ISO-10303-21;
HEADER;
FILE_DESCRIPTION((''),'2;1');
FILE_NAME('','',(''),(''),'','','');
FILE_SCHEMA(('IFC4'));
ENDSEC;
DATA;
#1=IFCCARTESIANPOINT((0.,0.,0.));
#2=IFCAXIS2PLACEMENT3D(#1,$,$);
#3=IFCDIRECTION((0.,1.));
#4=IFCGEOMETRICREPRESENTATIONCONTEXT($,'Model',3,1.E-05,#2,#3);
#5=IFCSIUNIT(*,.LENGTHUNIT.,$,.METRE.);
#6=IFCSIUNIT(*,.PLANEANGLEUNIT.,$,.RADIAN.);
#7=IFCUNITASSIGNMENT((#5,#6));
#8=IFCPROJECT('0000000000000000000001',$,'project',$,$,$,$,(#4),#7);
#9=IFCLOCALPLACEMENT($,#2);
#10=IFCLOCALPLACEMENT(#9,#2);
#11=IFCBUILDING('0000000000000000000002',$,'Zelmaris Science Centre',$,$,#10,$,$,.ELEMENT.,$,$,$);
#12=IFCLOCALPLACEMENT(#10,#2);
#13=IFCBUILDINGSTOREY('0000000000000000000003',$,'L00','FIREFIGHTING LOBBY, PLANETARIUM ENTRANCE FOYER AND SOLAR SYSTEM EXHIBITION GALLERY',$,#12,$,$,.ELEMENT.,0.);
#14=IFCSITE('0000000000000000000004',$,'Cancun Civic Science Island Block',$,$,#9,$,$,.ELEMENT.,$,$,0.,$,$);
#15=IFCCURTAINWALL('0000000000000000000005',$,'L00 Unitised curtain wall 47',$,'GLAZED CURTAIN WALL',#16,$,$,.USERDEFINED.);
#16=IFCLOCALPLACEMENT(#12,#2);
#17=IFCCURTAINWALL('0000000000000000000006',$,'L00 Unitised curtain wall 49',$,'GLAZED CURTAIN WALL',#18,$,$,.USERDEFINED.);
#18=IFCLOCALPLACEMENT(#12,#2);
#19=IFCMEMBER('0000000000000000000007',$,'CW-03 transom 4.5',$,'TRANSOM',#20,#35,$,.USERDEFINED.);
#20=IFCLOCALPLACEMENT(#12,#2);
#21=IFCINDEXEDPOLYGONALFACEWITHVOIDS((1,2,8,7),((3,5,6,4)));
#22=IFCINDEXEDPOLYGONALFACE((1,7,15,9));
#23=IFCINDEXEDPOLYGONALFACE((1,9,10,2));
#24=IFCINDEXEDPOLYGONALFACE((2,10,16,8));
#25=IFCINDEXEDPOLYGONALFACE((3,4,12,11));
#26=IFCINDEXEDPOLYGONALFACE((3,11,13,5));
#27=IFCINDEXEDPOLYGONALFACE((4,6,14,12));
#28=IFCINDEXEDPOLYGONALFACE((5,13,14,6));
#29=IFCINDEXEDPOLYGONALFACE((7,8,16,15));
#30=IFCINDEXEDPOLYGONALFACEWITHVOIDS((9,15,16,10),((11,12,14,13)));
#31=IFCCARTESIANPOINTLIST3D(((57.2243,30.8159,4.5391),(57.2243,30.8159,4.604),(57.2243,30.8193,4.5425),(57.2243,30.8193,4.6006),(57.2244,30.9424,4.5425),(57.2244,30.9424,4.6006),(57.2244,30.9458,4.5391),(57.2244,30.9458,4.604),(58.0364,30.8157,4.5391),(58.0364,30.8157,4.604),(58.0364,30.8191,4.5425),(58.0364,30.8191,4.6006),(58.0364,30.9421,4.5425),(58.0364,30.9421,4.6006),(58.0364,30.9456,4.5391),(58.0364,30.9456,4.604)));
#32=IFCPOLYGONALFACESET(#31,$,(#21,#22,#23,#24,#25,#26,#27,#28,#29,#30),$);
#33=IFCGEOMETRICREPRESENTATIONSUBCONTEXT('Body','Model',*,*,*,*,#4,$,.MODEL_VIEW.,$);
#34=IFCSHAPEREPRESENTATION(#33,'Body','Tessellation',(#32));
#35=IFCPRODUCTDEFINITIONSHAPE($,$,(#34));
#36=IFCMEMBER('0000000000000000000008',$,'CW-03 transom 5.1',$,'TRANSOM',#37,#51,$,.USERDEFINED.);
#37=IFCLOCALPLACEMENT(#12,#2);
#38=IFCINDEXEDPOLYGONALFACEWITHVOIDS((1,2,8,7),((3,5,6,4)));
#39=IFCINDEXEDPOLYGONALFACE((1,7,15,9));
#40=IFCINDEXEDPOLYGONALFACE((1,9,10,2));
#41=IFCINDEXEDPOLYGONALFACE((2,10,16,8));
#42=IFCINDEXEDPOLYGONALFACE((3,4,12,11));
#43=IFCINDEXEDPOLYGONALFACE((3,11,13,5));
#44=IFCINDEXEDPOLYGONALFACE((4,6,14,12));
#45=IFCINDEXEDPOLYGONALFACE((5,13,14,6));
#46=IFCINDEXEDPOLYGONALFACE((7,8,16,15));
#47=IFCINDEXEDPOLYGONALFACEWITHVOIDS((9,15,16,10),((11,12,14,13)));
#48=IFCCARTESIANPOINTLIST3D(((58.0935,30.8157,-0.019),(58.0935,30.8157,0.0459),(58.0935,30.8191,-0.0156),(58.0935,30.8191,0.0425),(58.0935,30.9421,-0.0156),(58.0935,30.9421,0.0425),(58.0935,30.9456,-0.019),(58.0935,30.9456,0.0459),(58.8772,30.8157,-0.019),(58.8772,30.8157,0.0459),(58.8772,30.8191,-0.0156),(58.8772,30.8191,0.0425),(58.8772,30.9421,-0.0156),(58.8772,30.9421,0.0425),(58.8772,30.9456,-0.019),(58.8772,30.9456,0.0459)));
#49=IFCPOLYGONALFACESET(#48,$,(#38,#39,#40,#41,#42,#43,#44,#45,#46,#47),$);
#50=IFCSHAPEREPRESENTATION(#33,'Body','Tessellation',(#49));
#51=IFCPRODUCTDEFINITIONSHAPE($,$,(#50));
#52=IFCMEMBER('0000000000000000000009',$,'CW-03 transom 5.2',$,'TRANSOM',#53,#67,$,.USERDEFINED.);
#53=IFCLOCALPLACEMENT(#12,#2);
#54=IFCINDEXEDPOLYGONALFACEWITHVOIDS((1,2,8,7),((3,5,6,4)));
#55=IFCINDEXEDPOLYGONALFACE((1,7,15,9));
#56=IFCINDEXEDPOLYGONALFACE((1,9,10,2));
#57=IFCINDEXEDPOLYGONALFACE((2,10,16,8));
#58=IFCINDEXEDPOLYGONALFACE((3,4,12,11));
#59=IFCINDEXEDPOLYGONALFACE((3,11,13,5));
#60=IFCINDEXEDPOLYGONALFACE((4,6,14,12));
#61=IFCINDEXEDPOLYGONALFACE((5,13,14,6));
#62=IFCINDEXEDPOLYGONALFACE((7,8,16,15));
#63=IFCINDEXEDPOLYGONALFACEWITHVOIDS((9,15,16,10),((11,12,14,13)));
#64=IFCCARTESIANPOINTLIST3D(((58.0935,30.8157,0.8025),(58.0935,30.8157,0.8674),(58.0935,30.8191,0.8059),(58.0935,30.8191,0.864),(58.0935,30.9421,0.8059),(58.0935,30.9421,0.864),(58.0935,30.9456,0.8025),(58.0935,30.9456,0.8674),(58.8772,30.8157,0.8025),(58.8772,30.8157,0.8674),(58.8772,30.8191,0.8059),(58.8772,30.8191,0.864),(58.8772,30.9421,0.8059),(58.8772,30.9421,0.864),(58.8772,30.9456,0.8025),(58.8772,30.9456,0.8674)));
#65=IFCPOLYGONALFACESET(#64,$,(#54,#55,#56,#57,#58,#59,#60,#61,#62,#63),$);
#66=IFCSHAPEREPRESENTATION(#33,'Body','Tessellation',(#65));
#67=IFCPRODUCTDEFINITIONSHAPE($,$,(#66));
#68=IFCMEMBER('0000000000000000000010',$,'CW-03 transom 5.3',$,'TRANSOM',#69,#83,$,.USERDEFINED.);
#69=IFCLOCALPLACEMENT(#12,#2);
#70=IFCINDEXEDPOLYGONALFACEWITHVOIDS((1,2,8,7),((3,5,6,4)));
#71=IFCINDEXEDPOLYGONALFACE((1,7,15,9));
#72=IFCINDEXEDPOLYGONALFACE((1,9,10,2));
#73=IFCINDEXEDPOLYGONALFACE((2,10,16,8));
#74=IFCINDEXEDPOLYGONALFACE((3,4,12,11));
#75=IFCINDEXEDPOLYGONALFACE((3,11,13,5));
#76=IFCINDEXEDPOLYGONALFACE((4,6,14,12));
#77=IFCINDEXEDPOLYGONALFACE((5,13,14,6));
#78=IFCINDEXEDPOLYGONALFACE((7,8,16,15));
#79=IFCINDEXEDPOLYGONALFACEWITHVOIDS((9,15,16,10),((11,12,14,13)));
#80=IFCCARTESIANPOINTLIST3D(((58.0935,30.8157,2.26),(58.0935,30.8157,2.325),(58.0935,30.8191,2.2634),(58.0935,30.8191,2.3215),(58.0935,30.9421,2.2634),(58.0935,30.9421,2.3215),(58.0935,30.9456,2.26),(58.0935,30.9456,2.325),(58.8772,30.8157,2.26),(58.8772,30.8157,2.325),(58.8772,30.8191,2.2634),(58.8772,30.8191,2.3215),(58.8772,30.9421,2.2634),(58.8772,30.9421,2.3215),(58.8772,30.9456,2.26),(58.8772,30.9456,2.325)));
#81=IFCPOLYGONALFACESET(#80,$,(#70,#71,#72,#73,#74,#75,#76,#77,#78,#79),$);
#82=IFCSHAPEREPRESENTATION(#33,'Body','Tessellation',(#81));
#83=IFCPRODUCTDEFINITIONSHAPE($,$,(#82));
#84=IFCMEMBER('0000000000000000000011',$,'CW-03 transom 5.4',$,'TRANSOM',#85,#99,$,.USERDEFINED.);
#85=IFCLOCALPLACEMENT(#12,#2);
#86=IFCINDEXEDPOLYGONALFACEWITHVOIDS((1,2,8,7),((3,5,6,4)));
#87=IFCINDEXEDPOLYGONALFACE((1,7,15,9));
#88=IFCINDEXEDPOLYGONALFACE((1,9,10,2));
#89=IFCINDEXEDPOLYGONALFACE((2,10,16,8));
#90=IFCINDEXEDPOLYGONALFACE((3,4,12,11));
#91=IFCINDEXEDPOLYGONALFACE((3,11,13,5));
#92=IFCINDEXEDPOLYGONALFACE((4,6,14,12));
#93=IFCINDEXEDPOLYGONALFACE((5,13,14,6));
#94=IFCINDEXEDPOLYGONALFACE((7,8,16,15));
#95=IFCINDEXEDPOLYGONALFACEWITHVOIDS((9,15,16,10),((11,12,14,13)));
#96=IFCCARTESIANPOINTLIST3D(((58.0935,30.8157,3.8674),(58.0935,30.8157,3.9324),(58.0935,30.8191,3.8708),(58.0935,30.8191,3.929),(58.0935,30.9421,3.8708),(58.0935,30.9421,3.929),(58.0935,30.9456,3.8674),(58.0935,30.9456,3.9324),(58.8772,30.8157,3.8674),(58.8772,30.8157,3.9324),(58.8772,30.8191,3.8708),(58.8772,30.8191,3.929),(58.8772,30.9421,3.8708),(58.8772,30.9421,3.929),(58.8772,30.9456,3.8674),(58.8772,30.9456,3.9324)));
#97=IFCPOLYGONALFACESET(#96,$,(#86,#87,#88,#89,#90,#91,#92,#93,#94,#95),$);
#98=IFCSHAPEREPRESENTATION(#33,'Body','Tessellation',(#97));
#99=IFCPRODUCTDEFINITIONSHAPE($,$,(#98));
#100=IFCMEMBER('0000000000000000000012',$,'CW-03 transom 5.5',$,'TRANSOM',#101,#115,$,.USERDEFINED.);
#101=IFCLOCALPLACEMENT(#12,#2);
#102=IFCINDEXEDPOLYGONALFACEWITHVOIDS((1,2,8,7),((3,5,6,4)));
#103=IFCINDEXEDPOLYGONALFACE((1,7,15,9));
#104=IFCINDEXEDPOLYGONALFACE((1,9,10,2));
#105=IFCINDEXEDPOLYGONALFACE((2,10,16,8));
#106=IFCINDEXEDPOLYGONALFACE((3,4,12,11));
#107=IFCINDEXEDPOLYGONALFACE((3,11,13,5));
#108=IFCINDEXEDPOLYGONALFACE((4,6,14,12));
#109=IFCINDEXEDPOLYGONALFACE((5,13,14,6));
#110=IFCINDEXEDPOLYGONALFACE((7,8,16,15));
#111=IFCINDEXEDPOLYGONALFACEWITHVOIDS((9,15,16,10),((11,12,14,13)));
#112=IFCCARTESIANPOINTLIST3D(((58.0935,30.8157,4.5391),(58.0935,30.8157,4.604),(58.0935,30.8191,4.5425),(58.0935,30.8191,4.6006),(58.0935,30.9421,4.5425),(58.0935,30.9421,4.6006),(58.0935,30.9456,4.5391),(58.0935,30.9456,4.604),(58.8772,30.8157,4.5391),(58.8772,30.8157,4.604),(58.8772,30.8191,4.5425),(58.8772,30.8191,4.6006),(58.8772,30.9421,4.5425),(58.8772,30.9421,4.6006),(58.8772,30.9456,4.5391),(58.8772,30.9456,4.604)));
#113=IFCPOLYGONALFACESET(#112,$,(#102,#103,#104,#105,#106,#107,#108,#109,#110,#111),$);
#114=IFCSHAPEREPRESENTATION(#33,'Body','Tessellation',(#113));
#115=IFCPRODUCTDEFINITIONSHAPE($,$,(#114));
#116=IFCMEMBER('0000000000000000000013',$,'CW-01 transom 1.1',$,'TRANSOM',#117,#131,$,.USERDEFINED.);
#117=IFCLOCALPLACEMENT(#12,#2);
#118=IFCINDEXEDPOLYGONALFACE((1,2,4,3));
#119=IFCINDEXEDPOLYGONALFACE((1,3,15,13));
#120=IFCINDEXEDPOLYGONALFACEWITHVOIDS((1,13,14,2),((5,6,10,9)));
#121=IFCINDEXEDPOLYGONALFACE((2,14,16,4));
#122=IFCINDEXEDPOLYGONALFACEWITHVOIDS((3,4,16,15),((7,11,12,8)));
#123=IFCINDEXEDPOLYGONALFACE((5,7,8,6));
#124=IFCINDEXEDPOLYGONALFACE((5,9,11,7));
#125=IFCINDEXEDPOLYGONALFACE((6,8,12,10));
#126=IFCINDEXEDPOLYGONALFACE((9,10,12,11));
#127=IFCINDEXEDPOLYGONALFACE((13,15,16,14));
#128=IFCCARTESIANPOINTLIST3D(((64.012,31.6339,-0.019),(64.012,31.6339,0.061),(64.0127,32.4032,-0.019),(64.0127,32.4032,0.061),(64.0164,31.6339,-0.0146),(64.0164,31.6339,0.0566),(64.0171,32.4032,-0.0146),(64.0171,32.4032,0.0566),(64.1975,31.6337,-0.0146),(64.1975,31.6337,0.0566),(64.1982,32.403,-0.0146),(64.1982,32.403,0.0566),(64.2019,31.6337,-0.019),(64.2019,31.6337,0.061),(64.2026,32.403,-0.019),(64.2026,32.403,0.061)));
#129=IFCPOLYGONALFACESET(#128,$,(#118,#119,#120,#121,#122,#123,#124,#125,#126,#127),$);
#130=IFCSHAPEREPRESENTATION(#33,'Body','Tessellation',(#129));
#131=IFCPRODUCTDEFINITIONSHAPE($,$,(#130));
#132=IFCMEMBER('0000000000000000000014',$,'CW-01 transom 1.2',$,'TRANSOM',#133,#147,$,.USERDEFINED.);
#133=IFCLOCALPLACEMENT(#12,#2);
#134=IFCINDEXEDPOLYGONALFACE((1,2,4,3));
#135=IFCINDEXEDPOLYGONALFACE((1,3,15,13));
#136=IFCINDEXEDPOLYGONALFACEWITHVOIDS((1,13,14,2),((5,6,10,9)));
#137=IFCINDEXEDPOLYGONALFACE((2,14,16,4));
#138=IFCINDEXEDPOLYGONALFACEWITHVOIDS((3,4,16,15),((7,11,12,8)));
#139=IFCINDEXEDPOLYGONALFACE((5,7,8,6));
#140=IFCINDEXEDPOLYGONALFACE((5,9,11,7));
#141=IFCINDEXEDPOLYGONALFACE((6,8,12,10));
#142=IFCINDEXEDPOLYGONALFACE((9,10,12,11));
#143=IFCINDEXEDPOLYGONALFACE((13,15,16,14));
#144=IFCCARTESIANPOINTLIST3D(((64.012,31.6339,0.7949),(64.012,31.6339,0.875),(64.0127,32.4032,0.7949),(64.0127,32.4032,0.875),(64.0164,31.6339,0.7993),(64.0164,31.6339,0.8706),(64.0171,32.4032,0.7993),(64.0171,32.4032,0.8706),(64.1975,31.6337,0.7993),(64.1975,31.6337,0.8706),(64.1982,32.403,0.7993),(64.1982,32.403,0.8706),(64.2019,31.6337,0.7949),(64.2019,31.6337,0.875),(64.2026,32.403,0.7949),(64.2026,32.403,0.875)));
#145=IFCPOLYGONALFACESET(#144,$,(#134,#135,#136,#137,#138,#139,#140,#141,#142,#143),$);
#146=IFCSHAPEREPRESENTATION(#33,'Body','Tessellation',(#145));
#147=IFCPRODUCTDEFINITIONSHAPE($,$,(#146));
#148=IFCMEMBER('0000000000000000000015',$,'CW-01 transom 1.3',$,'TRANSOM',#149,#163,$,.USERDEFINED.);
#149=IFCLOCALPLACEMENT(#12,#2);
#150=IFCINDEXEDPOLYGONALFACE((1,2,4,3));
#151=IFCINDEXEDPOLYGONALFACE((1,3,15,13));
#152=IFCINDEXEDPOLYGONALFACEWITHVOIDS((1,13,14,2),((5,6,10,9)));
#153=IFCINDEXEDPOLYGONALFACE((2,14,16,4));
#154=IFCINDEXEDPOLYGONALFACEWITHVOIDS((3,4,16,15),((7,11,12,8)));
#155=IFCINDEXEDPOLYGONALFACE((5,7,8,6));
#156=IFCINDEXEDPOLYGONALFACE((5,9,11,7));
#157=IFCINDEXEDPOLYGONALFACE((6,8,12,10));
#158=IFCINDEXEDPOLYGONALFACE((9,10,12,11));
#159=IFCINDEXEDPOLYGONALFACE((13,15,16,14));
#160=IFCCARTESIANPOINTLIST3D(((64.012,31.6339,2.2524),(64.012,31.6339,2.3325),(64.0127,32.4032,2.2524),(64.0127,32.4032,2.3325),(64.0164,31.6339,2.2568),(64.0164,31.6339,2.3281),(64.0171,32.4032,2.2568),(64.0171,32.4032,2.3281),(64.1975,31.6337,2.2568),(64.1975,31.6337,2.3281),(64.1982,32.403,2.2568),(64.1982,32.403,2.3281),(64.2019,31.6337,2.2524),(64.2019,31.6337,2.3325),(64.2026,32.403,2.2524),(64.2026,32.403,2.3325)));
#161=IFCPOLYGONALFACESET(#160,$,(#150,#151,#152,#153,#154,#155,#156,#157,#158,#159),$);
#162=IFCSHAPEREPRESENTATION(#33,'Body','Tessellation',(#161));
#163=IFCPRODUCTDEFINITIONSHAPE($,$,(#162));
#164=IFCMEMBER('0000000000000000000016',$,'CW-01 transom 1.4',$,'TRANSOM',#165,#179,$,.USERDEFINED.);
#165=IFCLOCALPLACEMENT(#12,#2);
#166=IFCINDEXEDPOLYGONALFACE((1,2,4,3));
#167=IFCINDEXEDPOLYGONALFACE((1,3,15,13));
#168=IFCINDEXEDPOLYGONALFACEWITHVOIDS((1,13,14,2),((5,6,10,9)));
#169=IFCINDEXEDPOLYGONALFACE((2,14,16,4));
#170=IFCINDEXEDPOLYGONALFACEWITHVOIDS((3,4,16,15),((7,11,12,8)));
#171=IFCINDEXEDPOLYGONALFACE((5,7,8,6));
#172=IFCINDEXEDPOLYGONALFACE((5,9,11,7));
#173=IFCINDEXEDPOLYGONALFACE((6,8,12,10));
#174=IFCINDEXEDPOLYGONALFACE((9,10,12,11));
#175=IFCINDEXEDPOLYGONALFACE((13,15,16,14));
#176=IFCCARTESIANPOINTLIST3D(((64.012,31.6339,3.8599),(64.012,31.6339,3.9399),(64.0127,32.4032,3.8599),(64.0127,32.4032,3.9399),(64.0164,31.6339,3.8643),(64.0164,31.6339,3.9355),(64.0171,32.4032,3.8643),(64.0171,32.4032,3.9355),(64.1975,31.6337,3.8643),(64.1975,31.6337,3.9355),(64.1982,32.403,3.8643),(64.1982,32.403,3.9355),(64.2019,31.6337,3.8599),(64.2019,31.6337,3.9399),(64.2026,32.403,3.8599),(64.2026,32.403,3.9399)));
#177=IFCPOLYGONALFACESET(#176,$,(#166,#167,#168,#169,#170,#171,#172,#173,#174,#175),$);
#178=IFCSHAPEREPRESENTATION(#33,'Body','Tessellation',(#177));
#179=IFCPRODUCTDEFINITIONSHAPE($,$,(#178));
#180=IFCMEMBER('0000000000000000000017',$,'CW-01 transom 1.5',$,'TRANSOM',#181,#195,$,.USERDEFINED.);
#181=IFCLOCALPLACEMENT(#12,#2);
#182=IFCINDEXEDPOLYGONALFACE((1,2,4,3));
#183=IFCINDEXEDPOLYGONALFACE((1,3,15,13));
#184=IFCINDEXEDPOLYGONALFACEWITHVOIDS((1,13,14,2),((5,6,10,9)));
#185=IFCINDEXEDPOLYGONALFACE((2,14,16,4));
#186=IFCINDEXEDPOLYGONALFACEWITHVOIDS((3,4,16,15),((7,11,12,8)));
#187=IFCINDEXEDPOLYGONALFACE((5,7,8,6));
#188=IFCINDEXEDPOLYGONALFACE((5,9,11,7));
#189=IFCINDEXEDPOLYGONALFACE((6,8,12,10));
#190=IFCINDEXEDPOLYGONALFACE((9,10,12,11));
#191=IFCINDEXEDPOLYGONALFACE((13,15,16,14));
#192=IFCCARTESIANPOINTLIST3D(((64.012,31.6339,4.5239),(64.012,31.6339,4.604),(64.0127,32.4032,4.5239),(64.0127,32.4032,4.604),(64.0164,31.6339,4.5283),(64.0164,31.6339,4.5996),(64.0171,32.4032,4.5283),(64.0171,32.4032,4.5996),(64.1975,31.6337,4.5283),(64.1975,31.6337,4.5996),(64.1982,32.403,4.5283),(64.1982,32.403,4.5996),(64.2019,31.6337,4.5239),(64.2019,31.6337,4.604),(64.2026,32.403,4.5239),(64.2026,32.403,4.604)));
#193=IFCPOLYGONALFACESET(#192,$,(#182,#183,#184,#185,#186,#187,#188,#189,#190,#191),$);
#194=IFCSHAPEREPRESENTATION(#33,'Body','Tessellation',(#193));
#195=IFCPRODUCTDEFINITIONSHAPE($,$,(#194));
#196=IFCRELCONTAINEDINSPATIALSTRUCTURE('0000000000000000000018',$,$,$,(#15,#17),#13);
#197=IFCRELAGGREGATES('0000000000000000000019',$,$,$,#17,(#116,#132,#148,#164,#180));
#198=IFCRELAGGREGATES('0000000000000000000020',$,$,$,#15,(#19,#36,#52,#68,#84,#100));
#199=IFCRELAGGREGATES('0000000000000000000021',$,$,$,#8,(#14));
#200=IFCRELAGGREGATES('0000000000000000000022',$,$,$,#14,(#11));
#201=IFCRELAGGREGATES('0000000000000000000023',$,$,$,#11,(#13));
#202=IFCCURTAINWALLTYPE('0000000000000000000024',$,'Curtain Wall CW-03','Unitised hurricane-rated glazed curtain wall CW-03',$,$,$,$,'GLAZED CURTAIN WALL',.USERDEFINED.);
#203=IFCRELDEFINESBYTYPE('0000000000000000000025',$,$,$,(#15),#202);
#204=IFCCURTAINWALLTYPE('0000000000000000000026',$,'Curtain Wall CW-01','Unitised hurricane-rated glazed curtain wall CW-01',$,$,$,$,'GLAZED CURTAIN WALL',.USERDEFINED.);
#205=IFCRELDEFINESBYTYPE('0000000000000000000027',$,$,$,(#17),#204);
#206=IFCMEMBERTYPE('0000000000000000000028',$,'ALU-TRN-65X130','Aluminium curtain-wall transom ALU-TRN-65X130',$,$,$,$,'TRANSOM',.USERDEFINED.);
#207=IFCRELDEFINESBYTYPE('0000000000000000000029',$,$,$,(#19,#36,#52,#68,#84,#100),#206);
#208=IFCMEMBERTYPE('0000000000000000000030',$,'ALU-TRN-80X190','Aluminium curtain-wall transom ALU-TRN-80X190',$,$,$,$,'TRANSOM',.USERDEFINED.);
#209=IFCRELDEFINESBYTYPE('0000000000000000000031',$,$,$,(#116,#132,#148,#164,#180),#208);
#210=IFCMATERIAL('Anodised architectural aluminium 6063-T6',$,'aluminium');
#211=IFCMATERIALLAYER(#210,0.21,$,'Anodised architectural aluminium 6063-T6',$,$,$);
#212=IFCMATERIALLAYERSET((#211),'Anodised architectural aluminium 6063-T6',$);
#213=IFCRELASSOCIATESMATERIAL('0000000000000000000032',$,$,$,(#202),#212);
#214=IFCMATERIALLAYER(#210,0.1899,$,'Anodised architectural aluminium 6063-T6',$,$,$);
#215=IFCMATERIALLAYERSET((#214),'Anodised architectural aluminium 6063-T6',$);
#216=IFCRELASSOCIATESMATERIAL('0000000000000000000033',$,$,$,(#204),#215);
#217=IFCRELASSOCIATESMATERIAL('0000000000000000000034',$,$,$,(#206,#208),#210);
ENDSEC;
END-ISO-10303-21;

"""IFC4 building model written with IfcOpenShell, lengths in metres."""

from ifc_helpers import new_model, si_unit, direction, frame, origin, origin_2d, place, context, subcontext, project, spatial, hollow_rectangle, extrude, material, layer, layer_set, material_profile, profile_set, type_object, element, aggregate, save


model = new_model("IFC4")

# Units and contexts
model_context = context("Model", 3, precision=1e-05, world=origin(), true_north=direction((0.0, 1.0)))
body_context = subcontext(model_context, "Body", "Model", "MODEL_VIEW")
ifc_project = project(units=[si_unit("LENGTHUNIT", "METRE"), si_unit("PLANEANGLEUNIT", "RADIAN")], contexts=[model_context])

# Site, building, storey
site_placement = place(None, origin())
site = spatial("IfcSite", under=ifc_project, at=site_placement, Name="Cancun Civic Science Island Block", CompositionType="ELEMENT", RefElevation=0.0)
building_placement = place(site_placement, origin())
building = spatial("IfcBuilding", under=site, at=building_placement, Name="Zelmaris Science Centre", CompositionType="ELEMENT")
storey_placement = place(building_placement, origin())
storey = spatial("IfcBuildingStorey", under=building, at=storey_placement, Name="L00", Description="FIREFIGHTING LOBBY, PLANETARIUM ENTRANCE FOYER AND SOLAR SYSTEM EXHIBITION GALLERY", CompositionType="ELEMENT", Elevation=0.0)

# Curtain wall
ifc_material_1 = material(Name="Anodised architectural aluminium 6063-T6", Category="aluminium")
ifc_layer_1 = layer(ifc_material_1, 0.21, Name="Anodised architectural aluminium 6063-T6")
ifc_layer_set_1 = layer_set([ifc_layer_1], Name="Anodised architectural aluminium 6063-T6")
curtain_wall_type_1 = type_object("IfcCurtainWallType", Name="Curtain Wall CW-03", Description="Unitised hurricane-rated glazed curtain wall CW-03", ElementType="GLAZED CURTAIN WALL", PredefinedType="USERDEFINED", material=ifc_layer_set_1)
curtain_wall_1_placement = place(storey_placement, origin())
curtain_wall_1 = element("IfcCurtainWall", 1, at=curtain_wall_1_placement, inside=storey, type_object=curtain_wall_type_1, Name="L00 Unitised curtain wall 47", ObjectType="GLAZED CURTAIN WALL", PredefinedType="USERDEFINED")

# Curtain wall
ifc_layer_2 = layer(ifc_material_1, 0.1899, Name="Anodised architectural aluminium 6063-T6")
ifc_layer_set_2 = layer_set([ifc_layer_2], Name="Anodised architectural aluminium 6063-T6")
curtain_wall_type_2 = type_object("IfcCurtainWallType", Name="Curtain Wall CW-01", Description="Unitised hurricane-rated glazed curtain wall CW-01", ElementType="GLAZED CURTAIN WALL", PredefinedType="USERDEFINED", material=ifc_layer_set_2)
curtain_wall_2_placement = place(storey_placement, origin())
curtain_wall_2 = element("IfcCurtainWall", 2, at=curtain_wall_2_placement, inside=storey, type_object=curtain_wall_type_2, Name="L00 Unitised curtain wall 49", ObjectType="GLAZED CURTAIN WALL", PredefinedType="USERDEFINED")

# Members
ifc_material_profile_1 = material_profile(ifc_material_1, hollow_rectangle(XDim=0.0649, YDim=0.1299, WallThickness=0.0034, at=origin_2d()), Name="ALU-TRN-65X130")
ifc_profile_set_1 = profile_set([ifc_material_profile_1], Name="Anodised architectural aluminium 6063-T6")
member_type_1 = type_object("IfcMemberType", Name="ALU-TRN-65X130", Description="Aluminium curtain-wall transom ALU-TRN-65X130", ElementType="TRANSOM", PredefinedType="USERDEFINED", material=ifc_profile_set_1)
member_1_placement = place(storey_placement, frame((57.2244, 30.8809, 4.5715), z_axis=(1.0, -0.000301, 0.0), x_axis=(0.0, 0.0, 1.0)))
member_1 = element("IfcMember", 3, at=member_1_placement, type_object=member_type_1, Name="CW-03 transom 4.5", ObjectType="TRANSOM", PredefinedType="USERDEFINED", context=body_context, shape_type="SweptSolid", body=[
    extrude(hollow_rectangle(XDim=0.0649, YDim=0.1299, WallThickness=0.0034, at=origin_2d()), origin(), (0.0, 0.0, 1.0), 0.812),
])
member_2_placement = place(storey_placement, frame((58.0935, 30.8806, 0.0134), z_axis=(1.0, 0.0, 0.0), x_axis=(0.0, 0.0, 1.0)))
member_2 = element("IfcMember", 4, at=member_2_placement, type_object=member_type_1, Name="CW-03 transom 5.1", ObjectType="TRANSOM", PredefinedType="USERDEFINED", context=body_context, shape_type="SweptSolid", body=[
    extrude(hollow_rectangle(XDim=0.0649, YDim=0.1299, WallThickness=0.0034, at=origin_2d()), origin(), (0.0, 0.0, 1.0), 0.7837),
])
member_3_placement = place(storey_placement, frame((58.0935, 30.8806, 0.835), z_axis=(1.0, 0.0, 0.0), x_axis=(0.0, 0.0, 1.0)))
member_3 = element("IfcMember", 5, at=member_3_placement, type_object=member_type_1, Name="CW-03 transom 5.2", ObjectType="TRANSOM", PredefinedType="USERDEFINED", context=body_context, shape_type="SweptSolid", body=[
    extrude(hollow_rectangle(XDim=0.0649, YDim=0.1299, WallThickness=0.0034, at=origin_2d()), origin(), (0.0, 0.0, 1.0), 0.7837),
])
member_4_placement = place(storey_placement, frame((58.0935, 30.8806, 2.2925), z_axis=(1.0, 0.0, 0.0), x_axis=(0.0, 0.0, 1.0)))
member_4 = element("IfcMember", 6, at=member_4_placement, type_object=member_type_1, Name="CW-03 transom 5.3", ObjectType="TRANSOM", PredefinedType="USERDEFINED", context=body_context, shape_type="SweptSolid", body=[
    extrude(hollow_rectangle(XDim=0.0649, YDim=0.1299, WallThickness=0.0034, at=origin_2d()), origin(), (0.0, 0.0, 1.0), 0.7837),
])
member_5_placement = place(storey_placement, frame((58.0935, 30.8806, 3.8999), z_axis=(1.0, 0.0, 0.0), x_axis=(0.0, 0.0, 1.0)))
member_5 = element("IfcMember", 7, at=member_5_placement, type_object=member_type_1, Name="CW-03 transom 5.4", ObjectType="TRANSOM", PredefinedType="USERDEFINED", context=body_context, shape_type="SweptSolid", body=[
    extrude(hollow_rectangle(XDim=0.0649, YDim=0.1299, WallThickness=0.0034, at=origin_2d()), origin(), (0.0, 0.0, 1.0), 0.7837),
])
member_6_placement = place(storey_placement, frame((58.0935, 30.8806, 4.5715), z_axis=(1.0, 0.0, 0.0), x_axis=(0.0, 0.0, 1.0)))
member_6 = element("IfcMember", 8, at=member_6_placement, type_object=member_type_1, Name="CW-03 transom 5.5", ObjectType="TRANSOM", PredefinedType="USERDEFINED", context=body_context, shape_type="SweptSolid", body=[
    extrude(hollow_rectangle(XDim=0.0649, YDim=0.1299, WallThickness=0.0034, at=origin_2d()), origin(), (0.0, 0.0, 1.0), 0.7837),
])
ifc_material_profile_2 = material_profile(ifc_material_1, hollow_rectangle(XDim=0.0801, YDim=0.1899, WallThickness=0.0044, at=origin_2d()), Name="ALU-TRN-80X190")
ifc_profile_set_2 = profile_set([ifc_material_profile_2], Name="Anodised architectural aluminium 6063-T6")
member_type_2 = type_object("IfcMemberType", Name="ALU-TRN-80X190", Description="Aluminium curtain-wall transom ALU-TRN-80X190", ElementType="TRANSOM", PredefinedType="USERDEFINED", material=ifc_profile_set_2)
member_7_placement = place(storey_placement, frame((64.1069, 31.6338, 0.021), z_axis=(0.000952, 1.0, 0.0), x_axis=(0.0, 0.0, 1.0)))
member_7 = element("IfcMember", 9, at=member_7_placement, type_object=member_type_2, Name="CW-01 transom 1.1", ObjectType="TRANSOM", PredefinedType="USERDEFINED", context=body_context, shape_type="SweptSolid", body=[
    extrude(hollow_rectangle(XDim=0.0801, YDim=0.1899, WallThickness=0.0044, at=origin_2d()), origin(), (0.0, 0.0, 1.0), 0.7693),
])
member_8_placement = place(storey_placement, frame((64.1069, 31.6338, 0.835), z_axis=(0.000952, 1.0, 0.0), x_axis=(0.0, 0.0, 1.0)))
member_8 = element("IfcMember", 10, at=member_8_placement, type_object=member_type_2, Name="CW-01 transom 1.2", ObjectType="TRANSOM", PredefinedType="USERDEFINED", context=body_context, shape_type="SweptSolid", body=[
    extrude(hollow_rectangle(XDim=0.0801, YDim=0.1899, WallThickness=0.0044, at=origin_2d()), origin(), (0.0, 0.0, 1.0), 0.7693),
])
member_9_placement = place(storey_placement, frame((64.1069, 31.6338, 2.2925), z_axis=(0.000952, 1.0, 0.0), x_axis=(0.0, 0.0, 1.0)))
member_9 = element("IfcMember", 11, at=member_9_placement, type_object=member_type_2, Name="CW-01 transom 1.3", ObjectType="TRANSOM", PredefinedType="USERDEFINED", context=body_context, shape_type="SweptSolid", body=[
    extrude(hollow_rectangle(XDim=0.0801, YDim=0.1899, WallThickness=0.0044, at=origin_2d()), origin(), (0.0, 0.0, 1.0), 0.7693),
])
member_10_placement = place(storey_placement, frame((64.1069, 31.6338, 3.8999), z_axis=(0.000952, 1.0, 0.0), x_axis=(0.0, 0.0, 1.0)))
member_10 = element("IfcMember", 12, at=member_10_placement, type_object=member_type_2, Name="CW-01 transom 1.4", ObjectType="TRANSOM", PredefinedType="USERDEFINED", context=body_context, shape_type="SweptSolid", body=[
    extrude(hollow_rectangle(XDim=0.0801, YDim=0.1899, WallThickness=0.0044, at=origin_2d()), origin(), (0.0, 0.0, 1.0), 0.7693),
])
member_11_placement = place(storey_placement, frame((64.1069, 31.6338, 4.564), z_axis=(0.000952, 1.0, 0.0), x_axis=(0.0, 0.0, 1.0)))
member_11 = element("IfcMember", 13, at=member_11_placement, type_object=member_type_2, Name="CW-01 transom 1.5", ObjectType="TRANSOM", PredefinedType="USERDEFINED", context=body_context, shape_type="SweptSolid", body=[
    extrude(hollow_rectangle(XDim=0.0801, YDim=0.1899, WallThickness=0.0044, at=origin_2d()), origin(), (0.0, 0.0, 1.0), 0.7693),
])

aggregate(curtain_wall_2, [member_7, member_8, member_9, member_10, member_11])
aggregate(curtain_wall_1, [member_1, member_2, member_3, member_4, member_5, member_6])

save(model, "model.ifc")
